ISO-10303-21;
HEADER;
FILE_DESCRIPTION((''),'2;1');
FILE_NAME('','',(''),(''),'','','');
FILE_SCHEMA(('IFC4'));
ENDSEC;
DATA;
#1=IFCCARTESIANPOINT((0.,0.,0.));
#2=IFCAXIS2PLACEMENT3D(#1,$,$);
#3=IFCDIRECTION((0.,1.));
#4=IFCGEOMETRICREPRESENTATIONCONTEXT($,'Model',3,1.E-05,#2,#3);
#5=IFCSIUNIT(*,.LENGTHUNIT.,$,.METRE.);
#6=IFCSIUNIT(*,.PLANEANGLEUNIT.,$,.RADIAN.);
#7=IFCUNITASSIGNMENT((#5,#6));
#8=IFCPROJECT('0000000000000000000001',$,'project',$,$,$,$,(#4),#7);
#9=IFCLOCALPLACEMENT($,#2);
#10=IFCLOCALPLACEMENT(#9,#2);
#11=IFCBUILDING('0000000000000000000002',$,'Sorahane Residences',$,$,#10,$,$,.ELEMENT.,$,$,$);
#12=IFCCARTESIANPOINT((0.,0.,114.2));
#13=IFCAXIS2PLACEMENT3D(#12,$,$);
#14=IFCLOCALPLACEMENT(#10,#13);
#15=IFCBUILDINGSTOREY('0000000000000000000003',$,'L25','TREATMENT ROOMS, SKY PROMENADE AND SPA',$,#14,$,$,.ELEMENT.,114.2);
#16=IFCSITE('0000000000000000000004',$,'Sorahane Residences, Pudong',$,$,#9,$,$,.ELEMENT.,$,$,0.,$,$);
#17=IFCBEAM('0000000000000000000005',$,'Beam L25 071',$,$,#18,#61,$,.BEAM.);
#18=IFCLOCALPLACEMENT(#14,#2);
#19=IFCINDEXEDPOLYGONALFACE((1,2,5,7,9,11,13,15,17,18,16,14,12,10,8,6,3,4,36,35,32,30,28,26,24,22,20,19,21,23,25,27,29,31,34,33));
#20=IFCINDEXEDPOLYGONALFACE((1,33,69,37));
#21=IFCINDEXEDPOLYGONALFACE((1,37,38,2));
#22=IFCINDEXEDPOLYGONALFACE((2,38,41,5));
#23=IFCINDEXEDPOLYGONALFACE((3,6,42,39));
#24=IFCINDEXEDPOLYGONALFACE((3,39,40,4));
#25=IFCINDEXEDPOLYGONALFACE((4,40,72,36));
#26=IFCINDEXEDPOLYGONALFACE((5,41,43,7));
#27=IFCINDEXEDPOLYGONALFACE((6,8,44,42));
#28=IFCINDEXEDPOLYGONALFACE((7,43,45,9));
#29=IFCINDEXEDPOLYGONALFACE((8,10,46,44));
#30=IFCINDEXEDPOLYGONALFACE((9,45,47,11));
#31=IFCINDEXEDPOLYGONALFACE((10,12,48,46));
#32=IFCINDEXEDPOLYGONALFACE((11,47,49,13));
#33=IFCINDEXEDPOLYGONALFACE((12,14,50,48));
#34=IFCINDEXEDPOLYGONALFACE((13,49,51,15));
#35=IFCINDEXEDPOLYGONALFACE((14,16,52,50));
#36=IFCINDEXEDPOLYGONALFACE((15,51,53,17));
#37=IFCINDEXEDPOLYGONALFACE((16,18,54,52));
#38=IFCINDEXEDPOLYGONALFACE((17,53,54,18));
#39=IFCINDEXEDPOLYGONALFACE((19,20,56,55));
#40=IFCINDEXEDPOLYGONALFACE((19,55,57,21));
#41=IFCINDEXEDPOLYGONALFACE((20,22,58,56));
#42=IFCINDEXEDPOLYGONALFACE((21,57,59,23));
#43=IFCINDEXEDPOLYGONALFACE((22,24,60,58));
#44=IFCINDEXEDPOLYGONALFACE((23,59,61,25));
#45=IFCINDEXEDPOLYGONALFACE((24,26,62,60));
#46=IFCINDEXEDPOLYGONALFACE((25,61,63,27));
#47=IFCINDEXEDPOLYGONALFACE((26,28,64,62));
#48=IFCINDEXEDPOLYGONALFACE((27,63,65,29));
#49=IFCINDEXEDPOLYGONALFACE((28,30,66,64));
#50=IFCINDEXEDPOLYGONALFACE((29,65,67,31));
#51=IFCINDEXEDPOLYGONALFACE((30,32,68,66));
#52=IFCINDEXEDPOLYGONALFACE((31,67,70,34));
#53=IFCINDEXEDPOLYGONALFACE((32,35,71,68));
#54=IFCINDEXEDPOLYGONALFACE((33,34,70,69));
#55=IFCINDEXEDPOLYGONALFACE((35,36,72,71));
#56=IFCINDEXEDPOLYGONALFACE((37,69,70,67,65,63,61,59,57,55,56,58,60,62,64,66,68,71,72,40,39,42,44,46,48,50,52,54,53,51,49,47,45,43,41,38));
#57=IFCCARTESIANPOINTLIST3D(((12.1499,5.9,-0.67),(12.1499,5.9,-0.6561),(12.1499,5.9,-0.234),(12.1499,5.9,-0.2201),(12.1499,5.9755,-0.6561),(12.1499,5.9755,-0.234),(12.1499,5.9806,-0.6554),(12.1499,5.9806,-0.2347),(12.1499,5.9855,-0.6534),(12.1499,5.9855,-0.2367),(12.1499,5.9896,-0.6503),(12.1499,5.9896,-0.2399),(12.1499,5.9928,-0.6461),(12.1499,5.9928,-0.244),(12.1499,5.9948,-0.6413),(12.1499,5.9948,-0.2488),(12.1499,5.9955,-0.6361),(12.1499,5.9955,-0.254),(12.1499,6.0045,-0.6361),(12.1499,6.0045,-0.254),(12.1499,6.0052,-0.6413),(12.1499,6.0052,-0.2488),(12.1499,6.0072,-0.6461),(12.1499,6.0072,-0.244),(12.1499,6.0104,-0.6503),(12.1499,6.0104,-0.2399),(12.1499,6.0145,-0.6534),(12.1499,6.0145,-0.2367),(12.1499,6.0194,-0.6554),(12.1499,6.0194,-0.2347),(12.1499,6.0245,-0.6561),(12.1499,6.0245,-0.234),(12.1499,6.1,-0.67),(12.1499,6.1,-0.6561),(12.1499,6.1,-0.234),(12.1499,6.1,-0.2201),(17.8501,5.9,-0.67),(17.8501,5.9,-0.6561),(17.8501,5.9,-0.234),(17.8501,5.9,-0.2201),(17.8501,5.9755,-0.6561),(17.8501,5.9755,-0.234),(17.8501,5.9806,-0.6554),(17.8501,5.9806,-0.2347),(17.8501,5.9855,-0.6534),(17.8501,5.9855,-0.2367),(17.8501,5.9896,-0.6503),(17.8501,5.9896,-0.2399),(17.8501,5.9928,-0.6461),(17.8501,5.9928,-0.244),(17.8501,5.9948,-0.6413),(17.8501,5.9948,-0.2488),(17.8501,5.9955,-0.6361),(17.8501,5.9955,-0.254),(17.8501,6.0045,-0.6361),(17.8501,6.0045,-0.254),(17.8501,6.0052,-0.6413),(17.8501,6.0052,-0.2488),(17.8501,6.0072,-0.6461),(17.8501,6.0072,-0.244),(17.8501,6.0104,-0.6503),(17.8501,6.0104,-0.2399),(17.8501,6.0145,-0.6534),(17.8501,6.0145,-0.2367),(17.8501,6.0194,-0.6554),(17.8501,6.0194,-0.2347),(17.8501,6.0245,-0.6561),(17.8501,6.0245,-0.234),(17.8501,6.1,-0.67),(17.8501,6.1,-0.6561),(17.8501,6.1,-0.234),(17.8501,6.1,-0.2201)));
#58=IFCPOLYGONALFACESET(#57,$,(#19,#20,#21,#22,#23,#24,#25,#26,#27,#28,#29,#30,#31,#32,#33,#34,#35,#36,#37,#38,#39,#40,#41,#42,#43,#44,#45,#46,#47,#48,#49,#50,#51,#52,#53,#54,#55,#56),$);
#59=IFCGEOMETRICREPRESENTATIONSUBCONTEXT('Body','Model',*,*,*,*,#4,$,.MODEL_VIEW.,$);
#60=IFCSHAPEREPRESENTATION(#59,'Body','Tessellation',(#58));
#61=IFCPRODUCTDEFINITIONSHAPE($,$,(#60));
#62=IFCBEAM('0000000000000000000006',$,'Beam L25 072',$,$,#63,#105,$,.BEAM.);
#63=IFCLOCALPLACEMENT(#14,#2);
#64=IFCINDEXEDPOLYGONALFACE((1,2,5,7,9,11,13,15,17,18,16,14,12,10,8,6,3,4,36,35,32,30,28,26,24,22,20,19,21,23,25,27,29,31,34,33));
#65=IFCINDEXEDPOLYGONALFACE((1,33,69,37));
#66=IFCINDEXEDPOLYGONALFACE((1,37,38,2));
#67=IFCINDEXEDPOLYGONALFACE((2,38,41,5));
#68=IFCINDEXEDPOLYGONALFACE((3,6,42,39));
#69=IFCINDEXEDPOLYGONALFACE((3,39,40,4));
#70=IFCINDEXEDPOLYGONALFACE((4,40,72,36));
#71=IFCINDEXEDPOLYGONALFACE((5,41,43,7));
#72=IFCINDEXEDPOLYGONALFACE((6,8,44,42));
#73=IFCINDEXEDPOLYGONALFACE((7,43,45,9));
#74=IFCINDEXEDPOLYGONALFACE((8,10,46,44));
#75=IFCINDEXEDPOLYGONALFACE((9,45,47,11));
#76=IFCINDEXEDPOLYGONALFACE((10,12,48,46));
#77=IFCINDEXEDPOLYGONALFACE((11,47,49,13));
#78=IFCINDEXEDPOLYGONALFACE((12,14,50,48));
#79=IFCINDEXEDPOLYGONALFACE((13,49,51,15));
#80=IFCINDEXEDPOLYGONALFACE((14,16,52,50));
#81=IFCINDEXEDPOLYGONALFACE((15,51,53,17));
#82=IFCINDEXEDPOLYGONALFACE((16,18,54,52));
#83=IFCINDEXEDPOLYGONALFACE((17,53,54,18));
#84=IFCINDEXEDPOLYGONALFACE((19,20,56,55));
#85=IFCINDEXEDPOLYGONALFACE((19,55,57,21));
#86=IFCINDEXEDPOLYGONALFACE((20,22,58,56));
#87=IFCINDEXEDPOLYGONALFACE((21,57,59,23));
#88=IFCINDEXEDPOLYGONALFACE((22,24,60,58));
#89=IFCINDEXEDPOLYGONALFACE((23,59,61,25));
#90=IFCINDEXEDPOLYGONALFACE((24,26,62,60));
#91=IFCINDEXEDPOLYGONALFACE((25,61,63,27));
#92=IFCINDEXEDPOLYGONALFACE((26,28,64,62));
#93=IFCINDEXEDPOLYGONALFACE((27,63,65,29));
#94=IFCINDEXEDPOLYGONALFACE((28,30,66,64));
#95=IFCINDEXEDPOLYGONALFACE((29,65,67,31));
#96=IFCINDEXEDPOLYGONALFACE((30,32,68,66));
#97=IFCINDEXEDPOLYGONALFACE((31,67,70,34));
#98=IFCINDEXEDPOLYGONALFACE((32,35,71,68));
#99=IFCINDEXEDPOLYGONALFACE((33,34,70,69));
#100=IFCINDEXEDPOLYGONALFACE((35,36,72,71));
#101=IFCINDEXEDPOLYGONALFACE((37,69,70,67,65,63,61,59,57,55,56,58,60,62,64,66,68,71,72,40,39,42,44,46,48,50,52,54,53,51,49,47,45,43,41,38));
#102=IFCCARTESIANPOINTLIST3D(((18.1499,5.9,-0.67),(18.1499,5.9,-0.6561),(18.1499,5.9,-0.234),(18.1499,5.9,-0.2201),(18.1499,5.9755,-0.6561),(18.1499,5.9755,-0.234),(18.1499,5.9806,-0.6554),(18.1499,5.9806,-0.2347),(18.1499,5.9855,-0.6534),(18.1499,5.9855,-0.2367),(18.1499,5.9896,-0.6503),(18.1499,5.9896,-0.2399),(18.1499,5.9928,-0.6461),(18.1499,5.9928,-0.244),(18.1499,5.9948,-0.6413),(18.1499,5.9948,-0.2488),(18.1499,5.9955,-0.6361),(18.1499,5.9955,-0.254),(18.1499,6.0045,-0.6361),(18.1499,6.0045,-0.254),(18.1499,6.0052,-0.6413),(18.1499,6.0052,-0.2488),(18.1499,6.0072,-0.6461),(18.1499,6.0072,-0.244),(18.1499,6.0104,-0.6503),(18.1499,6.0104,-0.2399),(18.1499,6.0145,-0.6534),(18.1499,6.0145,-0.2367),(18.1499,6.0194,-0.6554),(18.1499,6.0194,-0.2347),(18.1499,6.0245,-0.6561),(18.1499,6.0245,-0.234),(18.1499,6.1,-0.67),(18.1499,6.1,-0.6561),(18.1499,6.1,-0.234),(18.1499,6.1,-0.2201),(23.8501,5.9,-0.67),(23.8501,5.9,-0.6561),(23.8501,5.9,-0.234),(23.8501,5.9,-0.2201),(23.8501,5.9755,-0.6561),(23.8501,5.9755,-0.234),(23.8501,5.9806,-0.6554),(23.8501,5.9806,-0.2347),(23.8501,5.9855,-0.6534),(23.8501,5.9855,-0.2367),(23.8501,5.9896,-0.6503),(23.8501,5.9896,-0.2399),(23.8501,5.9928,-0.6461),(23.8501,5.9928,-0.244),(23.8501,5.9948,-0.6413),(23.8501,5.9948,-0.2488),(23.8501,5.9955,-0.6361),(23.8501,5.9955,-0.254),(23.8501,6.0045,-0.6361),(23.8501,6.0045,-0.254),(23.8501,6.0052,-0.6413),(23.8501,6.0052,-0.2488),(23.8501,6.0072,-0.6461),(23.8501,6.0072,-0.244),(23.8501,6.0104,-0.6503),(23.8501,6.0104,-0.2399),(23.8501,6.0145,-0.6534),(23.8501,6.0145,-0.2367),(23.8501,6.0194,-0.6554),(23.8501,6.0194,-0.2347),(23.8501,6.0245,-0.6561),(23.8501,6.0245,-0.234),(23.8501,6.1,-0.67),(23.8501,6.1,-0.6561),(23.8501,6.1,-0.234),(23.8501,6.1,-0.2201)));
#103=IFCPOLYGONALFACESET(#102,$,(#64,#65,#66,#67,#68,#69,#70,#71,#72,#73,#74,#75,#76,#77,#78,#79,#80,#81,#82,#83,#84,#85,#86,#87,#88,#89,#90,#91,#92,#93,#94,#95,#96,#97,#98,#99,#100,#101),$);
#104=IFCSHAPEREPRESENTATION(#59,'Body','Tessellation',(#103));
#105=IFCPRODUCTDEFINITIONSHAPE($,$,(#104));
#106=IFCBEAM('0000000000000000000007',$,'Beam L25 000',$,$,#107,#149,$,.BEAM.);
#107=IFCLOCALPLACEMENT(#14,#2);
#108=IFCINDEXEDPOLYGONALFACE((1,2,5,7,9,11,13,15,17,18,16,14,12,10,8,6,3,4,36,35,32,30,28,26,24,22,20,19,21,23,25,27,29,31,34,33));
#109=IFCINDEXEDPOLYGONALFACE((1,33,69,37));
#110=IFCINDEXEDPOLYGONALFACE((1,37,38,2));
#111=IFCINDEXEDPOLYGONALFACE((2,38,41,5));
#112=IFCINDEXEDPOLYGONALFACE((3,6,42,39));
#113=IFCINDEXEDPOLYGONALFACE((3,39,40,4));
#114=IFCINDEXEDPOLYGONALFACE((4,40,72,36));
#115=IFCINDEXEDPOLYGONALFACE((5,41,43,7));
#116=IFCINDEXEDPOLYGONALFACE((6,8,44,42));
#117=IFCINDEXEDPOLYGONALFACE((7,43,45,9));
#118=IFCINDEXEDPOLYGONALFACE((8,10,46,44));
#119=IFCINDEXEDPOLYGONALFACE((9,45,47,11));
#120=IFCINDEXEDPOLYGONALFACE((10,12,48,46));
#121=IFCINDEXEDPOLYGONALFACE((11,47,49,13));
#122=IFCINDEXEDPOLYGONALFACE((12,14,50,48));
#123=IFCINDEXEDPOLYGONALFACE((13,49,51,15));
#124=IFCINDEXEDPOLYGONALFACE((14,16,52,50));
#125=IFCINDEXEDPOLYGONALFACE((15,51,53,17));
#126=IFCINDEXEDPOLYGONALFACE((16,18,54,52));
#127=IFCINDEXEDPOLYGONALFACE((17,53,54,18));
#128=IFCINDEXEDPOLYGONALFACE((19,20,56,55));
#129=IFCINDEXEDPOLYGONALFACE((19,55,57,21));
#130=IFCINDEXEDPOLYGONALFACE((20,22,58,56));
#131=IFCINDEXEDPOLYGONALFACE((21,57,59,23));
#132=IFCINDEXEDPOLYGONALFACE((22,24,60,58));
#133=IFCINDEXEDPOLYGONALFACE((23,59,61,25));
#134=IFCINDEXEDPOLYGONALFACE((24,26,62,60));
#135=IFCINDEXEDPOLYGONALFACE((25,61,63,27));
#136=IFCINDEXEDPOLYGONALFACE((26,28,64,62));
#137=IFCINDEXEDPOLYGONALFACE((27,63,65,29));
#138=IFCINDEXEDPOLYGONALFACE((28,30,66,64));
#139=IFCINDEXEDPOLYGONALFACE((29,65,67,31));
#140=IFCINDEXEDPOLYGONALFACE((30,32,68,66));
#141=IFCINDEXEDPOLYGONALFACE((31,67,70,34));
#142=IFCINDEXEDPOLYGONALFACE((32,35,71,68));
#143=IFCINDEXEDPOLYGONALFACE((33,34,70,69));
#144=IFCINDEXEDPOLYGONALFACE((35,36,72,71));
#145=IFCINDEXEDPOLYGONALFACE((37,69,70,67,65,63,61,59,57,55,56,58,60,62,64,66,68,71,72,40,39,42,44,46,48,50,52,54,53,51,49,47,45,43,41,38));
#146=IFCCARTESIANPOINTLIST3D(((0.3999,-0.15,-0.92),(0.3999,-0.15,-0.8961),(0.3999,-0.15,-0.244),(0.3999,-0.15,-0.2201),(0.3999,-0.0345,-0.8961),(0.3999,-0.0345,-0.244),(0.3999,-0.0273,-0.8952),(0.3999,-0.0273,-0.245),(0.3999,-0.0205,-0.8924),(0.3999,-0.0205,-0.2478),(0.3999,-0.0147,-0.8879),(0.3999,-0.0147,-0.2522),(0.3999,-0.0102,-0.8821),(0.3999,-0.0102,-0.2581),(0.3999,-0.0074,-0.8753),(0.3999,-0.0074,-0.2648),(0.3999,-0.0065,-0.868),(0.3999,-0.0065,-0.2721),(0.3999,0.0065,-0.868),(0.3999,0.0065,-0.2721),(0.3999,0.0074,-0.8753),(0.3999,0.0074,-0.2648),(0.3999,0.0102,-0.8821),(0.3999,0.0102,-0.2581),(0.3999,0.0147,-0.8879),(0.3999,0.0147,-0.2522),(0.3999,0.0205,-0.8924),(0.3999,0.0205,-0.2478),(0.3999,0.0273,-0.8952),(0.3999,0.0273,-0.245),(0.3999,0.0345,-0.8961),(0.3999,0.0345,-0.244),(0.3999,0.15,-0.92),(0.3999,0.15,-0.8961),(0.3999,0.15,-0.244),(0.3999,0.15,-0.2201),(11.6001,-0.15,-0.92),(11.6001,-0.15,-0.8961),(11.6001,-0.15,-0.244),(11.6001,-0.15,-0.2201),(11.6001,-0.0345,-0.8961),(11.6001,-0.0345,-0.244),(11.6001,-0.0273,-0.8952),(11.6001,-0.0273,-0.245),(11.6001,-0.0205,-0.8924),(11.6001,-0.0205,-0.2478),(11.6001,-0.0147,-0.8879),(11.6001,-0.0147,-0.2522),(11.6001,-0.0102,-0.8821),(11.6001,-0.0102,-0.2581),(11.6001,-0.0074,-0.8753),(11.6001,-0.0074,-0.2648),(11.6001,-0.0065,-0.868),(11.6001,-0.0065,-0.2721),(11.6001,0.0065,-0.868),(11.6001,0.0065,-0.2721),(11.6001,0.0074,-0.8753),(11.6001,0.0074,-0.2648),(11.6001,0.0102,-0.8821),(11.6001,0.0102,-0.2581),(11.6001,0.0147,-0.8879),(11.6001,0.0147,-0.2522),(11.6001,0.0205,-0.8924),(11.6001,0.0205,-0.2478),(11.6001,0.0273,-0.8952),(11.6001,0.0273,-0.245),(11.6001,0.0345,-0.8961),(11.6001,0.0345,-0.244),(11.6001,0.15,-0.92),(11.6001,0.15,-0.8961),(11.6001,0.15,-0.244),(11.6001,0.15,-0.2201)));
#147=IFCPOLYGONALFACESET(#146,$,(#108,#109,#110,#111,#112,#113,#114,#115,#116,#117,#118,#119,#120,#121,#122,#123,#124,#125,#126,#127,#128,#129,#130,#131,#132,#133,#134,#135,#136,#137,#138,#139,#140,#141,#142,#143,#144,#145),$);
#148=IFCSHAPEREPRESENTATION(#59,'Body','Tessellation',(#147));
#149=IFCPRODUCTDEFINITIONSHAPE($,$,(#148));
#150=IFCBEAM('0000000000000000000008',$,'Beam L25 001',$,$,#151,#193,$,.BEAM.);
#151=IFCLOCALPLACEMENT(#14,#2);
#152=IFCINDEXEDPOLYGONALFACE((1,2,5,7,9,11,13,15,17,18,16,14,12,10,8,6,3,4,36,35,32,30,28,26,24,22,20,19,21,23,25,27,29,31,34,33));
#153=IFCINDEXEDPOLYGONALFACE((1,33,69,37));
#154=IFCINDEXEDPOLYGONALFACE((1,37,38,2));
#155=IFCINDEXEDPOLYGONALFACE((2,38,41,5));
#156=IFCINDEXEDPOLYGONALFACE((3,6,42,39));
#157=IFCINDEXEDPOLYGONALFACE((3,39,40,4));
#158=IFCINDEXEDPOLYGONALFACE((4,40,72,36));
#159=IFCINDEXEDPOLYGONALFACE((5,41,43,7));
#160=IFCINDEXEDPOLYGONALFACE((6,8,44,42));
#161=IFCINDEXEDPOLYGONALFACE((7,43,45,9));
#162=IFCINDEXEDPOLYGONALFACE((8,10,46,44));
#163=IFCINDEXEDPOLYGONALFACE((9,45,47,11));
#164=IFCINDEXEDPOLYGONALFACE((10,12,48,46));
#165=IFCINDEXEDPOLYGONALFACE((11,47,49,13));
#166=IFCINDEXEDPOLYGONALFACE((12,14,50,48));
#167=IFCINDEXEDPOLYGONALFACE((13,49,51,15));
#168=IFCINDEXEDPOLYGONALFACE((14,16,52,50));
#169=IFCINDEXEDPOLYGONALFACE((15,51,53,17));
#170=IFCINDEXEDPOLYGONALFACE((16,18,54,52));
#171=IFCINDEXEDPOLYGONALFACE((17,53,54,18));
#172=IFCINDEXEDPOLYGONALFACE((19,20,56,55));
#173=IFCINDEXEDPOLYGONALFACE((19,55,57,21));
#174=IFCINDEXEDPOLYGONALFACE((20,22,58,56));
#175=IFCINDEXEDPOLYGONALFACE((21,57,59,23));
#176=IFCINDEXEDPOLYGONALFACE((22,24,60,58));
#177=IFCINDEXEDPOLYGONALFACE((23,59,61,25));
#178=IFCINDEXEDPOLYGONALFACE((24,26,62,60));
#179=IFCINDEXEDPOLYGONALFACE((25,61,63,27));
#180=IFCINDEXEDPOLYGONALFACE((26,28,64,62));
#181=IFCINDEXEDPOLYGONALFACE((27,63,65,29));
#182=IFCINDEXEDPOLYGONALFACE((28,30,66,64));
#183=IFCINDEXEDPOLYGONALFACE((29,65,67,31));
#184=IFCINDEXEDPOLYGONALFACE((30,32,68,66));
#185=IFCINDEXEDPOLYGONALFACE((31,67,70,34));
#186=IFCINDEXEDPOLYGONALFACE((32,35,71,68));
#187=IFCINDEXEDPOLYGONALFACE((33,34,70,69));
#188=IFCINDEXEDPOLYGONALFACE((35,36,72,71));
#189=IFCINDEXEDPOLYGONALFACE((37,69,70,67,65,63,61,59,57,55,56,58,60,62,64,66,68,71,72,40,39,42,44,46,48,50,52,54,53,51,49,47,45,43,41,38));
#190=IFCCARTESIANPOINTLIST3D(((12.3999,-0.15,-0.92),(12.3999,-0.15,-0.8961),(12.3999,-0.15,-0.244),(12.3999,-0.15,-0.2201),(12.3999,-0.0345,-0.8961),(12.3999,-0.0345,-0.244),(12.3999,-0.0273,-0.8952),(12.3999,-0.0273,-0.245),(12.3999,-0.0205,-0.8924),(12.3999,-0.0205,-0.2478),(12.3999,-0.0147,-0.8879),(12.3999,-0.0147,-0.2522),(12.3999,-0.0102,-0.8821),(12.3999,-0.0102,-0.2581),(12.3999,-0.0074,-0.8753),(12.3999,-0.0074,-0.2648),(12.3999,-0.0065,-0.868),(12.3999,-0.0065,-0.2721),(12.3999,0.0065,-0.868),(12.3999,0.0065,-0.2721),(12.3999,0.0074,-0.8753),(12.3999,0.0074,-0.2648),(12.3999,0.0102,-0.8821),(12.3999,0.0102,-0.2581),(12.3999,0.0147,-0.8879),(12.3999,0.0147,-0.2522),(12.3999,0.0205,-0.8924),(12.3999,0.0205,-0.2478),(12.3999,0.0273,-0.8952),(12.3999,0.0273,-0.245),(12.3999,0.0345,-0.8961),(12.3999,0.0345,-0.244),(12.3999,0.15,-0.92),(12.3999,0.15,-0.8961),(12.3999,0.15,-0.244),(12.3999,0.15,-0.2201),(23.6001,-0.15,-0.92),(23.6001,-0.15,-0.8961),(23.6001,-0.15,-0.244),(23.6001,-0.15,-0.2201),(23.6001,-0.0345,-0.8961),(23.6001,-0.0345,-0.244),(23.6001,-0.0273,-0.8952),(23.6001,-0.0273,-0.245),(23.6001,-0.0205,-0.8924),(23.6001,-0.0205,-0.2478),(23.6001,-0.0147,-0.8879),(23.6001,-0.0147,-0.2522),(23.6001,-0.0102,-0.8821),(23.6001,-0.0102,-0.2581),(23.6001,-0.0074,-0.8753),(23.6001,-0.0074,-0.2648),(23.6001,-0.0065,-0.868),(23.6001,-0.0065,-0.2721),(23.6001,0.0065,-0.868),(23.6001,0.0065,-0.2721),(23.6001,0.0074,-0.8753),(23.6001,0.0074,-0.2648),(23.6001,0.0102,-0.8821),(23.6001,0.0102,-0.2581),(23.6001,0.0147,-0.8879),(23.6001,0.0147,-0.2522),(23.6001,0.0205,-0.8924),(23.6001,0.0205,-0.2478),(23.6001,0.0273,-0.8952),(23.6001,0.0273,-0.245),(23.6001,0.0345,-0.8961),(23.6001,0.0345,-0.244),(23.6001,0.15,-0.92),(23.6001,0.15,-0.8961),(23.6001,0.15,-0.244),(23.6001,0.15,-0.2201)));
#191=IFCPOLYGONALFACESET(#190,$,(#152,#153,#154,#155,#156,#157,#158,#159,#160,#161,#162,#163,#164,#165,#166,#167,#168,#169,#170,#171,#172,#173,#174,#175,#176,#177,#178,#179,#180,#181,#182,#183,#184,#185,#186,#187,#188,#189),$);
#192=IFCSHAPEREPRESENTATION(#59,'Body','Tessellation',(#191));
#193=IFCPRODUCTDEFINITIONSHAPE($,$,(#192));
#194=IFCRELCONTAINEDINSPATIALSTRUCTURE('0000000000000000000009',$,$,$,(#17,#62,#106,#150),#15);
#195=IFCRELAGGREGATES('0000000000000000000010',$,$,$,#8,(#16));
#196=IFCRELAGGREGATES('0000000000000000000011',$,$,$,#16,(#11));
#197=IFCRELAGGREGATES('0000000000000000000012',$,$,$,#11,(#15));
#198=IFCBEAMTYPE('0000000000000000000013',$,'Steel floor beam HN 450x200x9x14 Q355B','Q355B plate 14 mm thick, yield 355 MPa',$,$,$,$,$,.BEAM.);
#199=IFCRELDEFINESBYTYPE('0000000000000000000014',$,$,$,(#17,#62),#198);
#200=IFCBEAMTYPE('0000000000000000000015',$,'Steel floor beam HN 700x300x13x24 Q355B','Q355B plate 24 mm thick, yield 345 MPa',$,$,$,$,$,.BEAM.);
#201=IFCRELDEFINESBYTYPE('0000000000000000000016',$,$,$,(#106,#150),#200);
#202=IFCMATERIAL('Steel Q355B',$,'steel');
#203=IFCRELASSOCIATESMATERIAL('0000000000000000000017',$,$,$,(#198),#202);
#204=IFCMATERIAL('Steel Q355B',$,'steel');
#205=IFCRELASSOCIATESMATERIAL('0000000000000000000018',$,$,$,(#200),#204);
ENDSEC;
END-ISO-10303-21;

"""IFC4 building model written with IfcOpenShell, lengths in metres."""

from ifc_helpers import new_model, si_unit, direction, frame, origin, origin_2d, place, context, subcontext, project, spatial, i_section, extrude, material, material_profile, profile_set, type_object, element, save


model = new_model("IFC4")

# Units and contexts
model_context = context("Model", 3, precision=1e-05, world=origin(), true_north=direction((0.0, 1.0)))
body_context = subcontext(model_context, "Body", "Model", "MODEL_VIEW")
ifc_project = project(units=[si_unit("LENGTHUNIT", "METRE"), si_unit("PLANEANGLEUNIT", "RADIAN")], contexts=[model_context])

# Site, building, storey
site_placement = place(None, origin())
site = spatial("IfcSite", under=ifc_project, at=site_placement, Name="Sorahane Residences, Pudong", CompositionType="ELEMENT", RefElevation=0.0)
building_placement = place(site_placement, origin())
building = spatial("IfcBuilding", under=site, at=building_placement, Name="Sorahane Residences", CompositionType="ELEMENT")
storey_placement = place(building_placement, frame((0.0, 0.0, 114.2)))
storey = spatial("IfcBuildingStorey", under=building, at=storey_placement, Name="L25", Description="TREATMENT ROOMS, SKY PROMENADE AND SPA", CompositionType="ELEMENT", Elevation=114.2)

# Beams
ifc_material_1 = material(Name="Steel Q355B", Category="steel")
ifc_material_profile_1 = material_profile(ifc_material_1, i_section(OverallWidth=0.2, OverallDepth=0.45, WebThickness=0.009, FlangeThickness=0.0139, FilletRadius=0.02, at=origin_2d()), Name="HN 450x200x9x14")
ifc_profile_set_1 = profile_set([ifc_material_profile_1], Name="Steel Q355B")
beam_type_1 = type_object("IfcBeamType", Name="Steel floor beam HN 450x200x9x14 Q355B", Description="Q355B plate 14 mm thick, yield 355 MPa", PredefinedType="BEAM", material=ifc_profile_set_1)
for number, where, z_axis, x_axis, name in (
    (1, (12.1499, 6.0, -0.4451), (1.0, 0.0, 0.0), (0.0, 1.0, 0.0), "Beam L25 071"),
    (2, (18.1499, 6.0, -0.4451), (1.0, 0.0, 0.0), (0.0, 1.0, 0.0), "Beam L25 072"),
):
    element("IfcBeam", number, at=place(storey_placement, frame(where, z_axis=z_axis, x_axis=x_axis)), inside=storey, type_object=beam_type_1, Name=name, PredefinedType="BEAM", context=body_context, shape_type="SweptSolid", body=[
        extrude(i_section(OverallWidth=0.2, OverallDepth=0.45, WebThickness=0.009, FlangeThickness=0.0139, FilletRadius=0.02, at=origin_2d()), origin(), (0.0, 0.0, 1.0), 5.7002),
    ])
ifc_material_2 = material(Name="Steel Q355B", Category="steel")
ifc_material_profile_2 = material_profile(ifc_material_2, i_section(OverallWidth=0.3, OverallDepth=0.7, WebThickness=0.0129, FlangeThickness=0.0239, FilletRadius=0.0281, at=origin_2d()), Name="HN 700x300x13x24")
ifc_profile_set_2 = profile_set([ifc_material_profile_2], Name="Steel Q355B")
beam_type_2 = type_object("IfcBeamType", Name="Steel floor beam HN 700x300x13x24 Q355B", Description="Q355B plate 24 mm thick, yield 345 MPa", PredefinedType="BEAM", material=ifc_profile_set_2)
for number, where, z_axis, x_axis, name in (
    (3, (0.3999, 0.0, -0.5701), (1.0, 0.0, 0.0), (0.0, 1.0, 0.0), "Beam L25 000"),
    (4, (12.3999, 0.0, -0.5701), (1.0, 0.0, 0.0), (0.0, 1.0, 0.0), "Beam L25 001"),
):
    element("IfcBeam", number, at=place(storey_placement, frame(where, z_axis=z_axis, x_axis=x_axis)), inside=storey, type_object=beam_type_2, Name=name, PredefinedType="BEAM", context=body_context, shape_type="SweptSolid", body=[
        extrude(i_section(OverallWidth=0.3, OverallDepth=0.7, WebThickness=0.0129, FlangeThickness=0.0239, FilletRadius=0.0281, at=origin_2d()), origin(), (0.0, 0.0, 1.0), 11.2002),
    ])

save(model, "model.ifc")
